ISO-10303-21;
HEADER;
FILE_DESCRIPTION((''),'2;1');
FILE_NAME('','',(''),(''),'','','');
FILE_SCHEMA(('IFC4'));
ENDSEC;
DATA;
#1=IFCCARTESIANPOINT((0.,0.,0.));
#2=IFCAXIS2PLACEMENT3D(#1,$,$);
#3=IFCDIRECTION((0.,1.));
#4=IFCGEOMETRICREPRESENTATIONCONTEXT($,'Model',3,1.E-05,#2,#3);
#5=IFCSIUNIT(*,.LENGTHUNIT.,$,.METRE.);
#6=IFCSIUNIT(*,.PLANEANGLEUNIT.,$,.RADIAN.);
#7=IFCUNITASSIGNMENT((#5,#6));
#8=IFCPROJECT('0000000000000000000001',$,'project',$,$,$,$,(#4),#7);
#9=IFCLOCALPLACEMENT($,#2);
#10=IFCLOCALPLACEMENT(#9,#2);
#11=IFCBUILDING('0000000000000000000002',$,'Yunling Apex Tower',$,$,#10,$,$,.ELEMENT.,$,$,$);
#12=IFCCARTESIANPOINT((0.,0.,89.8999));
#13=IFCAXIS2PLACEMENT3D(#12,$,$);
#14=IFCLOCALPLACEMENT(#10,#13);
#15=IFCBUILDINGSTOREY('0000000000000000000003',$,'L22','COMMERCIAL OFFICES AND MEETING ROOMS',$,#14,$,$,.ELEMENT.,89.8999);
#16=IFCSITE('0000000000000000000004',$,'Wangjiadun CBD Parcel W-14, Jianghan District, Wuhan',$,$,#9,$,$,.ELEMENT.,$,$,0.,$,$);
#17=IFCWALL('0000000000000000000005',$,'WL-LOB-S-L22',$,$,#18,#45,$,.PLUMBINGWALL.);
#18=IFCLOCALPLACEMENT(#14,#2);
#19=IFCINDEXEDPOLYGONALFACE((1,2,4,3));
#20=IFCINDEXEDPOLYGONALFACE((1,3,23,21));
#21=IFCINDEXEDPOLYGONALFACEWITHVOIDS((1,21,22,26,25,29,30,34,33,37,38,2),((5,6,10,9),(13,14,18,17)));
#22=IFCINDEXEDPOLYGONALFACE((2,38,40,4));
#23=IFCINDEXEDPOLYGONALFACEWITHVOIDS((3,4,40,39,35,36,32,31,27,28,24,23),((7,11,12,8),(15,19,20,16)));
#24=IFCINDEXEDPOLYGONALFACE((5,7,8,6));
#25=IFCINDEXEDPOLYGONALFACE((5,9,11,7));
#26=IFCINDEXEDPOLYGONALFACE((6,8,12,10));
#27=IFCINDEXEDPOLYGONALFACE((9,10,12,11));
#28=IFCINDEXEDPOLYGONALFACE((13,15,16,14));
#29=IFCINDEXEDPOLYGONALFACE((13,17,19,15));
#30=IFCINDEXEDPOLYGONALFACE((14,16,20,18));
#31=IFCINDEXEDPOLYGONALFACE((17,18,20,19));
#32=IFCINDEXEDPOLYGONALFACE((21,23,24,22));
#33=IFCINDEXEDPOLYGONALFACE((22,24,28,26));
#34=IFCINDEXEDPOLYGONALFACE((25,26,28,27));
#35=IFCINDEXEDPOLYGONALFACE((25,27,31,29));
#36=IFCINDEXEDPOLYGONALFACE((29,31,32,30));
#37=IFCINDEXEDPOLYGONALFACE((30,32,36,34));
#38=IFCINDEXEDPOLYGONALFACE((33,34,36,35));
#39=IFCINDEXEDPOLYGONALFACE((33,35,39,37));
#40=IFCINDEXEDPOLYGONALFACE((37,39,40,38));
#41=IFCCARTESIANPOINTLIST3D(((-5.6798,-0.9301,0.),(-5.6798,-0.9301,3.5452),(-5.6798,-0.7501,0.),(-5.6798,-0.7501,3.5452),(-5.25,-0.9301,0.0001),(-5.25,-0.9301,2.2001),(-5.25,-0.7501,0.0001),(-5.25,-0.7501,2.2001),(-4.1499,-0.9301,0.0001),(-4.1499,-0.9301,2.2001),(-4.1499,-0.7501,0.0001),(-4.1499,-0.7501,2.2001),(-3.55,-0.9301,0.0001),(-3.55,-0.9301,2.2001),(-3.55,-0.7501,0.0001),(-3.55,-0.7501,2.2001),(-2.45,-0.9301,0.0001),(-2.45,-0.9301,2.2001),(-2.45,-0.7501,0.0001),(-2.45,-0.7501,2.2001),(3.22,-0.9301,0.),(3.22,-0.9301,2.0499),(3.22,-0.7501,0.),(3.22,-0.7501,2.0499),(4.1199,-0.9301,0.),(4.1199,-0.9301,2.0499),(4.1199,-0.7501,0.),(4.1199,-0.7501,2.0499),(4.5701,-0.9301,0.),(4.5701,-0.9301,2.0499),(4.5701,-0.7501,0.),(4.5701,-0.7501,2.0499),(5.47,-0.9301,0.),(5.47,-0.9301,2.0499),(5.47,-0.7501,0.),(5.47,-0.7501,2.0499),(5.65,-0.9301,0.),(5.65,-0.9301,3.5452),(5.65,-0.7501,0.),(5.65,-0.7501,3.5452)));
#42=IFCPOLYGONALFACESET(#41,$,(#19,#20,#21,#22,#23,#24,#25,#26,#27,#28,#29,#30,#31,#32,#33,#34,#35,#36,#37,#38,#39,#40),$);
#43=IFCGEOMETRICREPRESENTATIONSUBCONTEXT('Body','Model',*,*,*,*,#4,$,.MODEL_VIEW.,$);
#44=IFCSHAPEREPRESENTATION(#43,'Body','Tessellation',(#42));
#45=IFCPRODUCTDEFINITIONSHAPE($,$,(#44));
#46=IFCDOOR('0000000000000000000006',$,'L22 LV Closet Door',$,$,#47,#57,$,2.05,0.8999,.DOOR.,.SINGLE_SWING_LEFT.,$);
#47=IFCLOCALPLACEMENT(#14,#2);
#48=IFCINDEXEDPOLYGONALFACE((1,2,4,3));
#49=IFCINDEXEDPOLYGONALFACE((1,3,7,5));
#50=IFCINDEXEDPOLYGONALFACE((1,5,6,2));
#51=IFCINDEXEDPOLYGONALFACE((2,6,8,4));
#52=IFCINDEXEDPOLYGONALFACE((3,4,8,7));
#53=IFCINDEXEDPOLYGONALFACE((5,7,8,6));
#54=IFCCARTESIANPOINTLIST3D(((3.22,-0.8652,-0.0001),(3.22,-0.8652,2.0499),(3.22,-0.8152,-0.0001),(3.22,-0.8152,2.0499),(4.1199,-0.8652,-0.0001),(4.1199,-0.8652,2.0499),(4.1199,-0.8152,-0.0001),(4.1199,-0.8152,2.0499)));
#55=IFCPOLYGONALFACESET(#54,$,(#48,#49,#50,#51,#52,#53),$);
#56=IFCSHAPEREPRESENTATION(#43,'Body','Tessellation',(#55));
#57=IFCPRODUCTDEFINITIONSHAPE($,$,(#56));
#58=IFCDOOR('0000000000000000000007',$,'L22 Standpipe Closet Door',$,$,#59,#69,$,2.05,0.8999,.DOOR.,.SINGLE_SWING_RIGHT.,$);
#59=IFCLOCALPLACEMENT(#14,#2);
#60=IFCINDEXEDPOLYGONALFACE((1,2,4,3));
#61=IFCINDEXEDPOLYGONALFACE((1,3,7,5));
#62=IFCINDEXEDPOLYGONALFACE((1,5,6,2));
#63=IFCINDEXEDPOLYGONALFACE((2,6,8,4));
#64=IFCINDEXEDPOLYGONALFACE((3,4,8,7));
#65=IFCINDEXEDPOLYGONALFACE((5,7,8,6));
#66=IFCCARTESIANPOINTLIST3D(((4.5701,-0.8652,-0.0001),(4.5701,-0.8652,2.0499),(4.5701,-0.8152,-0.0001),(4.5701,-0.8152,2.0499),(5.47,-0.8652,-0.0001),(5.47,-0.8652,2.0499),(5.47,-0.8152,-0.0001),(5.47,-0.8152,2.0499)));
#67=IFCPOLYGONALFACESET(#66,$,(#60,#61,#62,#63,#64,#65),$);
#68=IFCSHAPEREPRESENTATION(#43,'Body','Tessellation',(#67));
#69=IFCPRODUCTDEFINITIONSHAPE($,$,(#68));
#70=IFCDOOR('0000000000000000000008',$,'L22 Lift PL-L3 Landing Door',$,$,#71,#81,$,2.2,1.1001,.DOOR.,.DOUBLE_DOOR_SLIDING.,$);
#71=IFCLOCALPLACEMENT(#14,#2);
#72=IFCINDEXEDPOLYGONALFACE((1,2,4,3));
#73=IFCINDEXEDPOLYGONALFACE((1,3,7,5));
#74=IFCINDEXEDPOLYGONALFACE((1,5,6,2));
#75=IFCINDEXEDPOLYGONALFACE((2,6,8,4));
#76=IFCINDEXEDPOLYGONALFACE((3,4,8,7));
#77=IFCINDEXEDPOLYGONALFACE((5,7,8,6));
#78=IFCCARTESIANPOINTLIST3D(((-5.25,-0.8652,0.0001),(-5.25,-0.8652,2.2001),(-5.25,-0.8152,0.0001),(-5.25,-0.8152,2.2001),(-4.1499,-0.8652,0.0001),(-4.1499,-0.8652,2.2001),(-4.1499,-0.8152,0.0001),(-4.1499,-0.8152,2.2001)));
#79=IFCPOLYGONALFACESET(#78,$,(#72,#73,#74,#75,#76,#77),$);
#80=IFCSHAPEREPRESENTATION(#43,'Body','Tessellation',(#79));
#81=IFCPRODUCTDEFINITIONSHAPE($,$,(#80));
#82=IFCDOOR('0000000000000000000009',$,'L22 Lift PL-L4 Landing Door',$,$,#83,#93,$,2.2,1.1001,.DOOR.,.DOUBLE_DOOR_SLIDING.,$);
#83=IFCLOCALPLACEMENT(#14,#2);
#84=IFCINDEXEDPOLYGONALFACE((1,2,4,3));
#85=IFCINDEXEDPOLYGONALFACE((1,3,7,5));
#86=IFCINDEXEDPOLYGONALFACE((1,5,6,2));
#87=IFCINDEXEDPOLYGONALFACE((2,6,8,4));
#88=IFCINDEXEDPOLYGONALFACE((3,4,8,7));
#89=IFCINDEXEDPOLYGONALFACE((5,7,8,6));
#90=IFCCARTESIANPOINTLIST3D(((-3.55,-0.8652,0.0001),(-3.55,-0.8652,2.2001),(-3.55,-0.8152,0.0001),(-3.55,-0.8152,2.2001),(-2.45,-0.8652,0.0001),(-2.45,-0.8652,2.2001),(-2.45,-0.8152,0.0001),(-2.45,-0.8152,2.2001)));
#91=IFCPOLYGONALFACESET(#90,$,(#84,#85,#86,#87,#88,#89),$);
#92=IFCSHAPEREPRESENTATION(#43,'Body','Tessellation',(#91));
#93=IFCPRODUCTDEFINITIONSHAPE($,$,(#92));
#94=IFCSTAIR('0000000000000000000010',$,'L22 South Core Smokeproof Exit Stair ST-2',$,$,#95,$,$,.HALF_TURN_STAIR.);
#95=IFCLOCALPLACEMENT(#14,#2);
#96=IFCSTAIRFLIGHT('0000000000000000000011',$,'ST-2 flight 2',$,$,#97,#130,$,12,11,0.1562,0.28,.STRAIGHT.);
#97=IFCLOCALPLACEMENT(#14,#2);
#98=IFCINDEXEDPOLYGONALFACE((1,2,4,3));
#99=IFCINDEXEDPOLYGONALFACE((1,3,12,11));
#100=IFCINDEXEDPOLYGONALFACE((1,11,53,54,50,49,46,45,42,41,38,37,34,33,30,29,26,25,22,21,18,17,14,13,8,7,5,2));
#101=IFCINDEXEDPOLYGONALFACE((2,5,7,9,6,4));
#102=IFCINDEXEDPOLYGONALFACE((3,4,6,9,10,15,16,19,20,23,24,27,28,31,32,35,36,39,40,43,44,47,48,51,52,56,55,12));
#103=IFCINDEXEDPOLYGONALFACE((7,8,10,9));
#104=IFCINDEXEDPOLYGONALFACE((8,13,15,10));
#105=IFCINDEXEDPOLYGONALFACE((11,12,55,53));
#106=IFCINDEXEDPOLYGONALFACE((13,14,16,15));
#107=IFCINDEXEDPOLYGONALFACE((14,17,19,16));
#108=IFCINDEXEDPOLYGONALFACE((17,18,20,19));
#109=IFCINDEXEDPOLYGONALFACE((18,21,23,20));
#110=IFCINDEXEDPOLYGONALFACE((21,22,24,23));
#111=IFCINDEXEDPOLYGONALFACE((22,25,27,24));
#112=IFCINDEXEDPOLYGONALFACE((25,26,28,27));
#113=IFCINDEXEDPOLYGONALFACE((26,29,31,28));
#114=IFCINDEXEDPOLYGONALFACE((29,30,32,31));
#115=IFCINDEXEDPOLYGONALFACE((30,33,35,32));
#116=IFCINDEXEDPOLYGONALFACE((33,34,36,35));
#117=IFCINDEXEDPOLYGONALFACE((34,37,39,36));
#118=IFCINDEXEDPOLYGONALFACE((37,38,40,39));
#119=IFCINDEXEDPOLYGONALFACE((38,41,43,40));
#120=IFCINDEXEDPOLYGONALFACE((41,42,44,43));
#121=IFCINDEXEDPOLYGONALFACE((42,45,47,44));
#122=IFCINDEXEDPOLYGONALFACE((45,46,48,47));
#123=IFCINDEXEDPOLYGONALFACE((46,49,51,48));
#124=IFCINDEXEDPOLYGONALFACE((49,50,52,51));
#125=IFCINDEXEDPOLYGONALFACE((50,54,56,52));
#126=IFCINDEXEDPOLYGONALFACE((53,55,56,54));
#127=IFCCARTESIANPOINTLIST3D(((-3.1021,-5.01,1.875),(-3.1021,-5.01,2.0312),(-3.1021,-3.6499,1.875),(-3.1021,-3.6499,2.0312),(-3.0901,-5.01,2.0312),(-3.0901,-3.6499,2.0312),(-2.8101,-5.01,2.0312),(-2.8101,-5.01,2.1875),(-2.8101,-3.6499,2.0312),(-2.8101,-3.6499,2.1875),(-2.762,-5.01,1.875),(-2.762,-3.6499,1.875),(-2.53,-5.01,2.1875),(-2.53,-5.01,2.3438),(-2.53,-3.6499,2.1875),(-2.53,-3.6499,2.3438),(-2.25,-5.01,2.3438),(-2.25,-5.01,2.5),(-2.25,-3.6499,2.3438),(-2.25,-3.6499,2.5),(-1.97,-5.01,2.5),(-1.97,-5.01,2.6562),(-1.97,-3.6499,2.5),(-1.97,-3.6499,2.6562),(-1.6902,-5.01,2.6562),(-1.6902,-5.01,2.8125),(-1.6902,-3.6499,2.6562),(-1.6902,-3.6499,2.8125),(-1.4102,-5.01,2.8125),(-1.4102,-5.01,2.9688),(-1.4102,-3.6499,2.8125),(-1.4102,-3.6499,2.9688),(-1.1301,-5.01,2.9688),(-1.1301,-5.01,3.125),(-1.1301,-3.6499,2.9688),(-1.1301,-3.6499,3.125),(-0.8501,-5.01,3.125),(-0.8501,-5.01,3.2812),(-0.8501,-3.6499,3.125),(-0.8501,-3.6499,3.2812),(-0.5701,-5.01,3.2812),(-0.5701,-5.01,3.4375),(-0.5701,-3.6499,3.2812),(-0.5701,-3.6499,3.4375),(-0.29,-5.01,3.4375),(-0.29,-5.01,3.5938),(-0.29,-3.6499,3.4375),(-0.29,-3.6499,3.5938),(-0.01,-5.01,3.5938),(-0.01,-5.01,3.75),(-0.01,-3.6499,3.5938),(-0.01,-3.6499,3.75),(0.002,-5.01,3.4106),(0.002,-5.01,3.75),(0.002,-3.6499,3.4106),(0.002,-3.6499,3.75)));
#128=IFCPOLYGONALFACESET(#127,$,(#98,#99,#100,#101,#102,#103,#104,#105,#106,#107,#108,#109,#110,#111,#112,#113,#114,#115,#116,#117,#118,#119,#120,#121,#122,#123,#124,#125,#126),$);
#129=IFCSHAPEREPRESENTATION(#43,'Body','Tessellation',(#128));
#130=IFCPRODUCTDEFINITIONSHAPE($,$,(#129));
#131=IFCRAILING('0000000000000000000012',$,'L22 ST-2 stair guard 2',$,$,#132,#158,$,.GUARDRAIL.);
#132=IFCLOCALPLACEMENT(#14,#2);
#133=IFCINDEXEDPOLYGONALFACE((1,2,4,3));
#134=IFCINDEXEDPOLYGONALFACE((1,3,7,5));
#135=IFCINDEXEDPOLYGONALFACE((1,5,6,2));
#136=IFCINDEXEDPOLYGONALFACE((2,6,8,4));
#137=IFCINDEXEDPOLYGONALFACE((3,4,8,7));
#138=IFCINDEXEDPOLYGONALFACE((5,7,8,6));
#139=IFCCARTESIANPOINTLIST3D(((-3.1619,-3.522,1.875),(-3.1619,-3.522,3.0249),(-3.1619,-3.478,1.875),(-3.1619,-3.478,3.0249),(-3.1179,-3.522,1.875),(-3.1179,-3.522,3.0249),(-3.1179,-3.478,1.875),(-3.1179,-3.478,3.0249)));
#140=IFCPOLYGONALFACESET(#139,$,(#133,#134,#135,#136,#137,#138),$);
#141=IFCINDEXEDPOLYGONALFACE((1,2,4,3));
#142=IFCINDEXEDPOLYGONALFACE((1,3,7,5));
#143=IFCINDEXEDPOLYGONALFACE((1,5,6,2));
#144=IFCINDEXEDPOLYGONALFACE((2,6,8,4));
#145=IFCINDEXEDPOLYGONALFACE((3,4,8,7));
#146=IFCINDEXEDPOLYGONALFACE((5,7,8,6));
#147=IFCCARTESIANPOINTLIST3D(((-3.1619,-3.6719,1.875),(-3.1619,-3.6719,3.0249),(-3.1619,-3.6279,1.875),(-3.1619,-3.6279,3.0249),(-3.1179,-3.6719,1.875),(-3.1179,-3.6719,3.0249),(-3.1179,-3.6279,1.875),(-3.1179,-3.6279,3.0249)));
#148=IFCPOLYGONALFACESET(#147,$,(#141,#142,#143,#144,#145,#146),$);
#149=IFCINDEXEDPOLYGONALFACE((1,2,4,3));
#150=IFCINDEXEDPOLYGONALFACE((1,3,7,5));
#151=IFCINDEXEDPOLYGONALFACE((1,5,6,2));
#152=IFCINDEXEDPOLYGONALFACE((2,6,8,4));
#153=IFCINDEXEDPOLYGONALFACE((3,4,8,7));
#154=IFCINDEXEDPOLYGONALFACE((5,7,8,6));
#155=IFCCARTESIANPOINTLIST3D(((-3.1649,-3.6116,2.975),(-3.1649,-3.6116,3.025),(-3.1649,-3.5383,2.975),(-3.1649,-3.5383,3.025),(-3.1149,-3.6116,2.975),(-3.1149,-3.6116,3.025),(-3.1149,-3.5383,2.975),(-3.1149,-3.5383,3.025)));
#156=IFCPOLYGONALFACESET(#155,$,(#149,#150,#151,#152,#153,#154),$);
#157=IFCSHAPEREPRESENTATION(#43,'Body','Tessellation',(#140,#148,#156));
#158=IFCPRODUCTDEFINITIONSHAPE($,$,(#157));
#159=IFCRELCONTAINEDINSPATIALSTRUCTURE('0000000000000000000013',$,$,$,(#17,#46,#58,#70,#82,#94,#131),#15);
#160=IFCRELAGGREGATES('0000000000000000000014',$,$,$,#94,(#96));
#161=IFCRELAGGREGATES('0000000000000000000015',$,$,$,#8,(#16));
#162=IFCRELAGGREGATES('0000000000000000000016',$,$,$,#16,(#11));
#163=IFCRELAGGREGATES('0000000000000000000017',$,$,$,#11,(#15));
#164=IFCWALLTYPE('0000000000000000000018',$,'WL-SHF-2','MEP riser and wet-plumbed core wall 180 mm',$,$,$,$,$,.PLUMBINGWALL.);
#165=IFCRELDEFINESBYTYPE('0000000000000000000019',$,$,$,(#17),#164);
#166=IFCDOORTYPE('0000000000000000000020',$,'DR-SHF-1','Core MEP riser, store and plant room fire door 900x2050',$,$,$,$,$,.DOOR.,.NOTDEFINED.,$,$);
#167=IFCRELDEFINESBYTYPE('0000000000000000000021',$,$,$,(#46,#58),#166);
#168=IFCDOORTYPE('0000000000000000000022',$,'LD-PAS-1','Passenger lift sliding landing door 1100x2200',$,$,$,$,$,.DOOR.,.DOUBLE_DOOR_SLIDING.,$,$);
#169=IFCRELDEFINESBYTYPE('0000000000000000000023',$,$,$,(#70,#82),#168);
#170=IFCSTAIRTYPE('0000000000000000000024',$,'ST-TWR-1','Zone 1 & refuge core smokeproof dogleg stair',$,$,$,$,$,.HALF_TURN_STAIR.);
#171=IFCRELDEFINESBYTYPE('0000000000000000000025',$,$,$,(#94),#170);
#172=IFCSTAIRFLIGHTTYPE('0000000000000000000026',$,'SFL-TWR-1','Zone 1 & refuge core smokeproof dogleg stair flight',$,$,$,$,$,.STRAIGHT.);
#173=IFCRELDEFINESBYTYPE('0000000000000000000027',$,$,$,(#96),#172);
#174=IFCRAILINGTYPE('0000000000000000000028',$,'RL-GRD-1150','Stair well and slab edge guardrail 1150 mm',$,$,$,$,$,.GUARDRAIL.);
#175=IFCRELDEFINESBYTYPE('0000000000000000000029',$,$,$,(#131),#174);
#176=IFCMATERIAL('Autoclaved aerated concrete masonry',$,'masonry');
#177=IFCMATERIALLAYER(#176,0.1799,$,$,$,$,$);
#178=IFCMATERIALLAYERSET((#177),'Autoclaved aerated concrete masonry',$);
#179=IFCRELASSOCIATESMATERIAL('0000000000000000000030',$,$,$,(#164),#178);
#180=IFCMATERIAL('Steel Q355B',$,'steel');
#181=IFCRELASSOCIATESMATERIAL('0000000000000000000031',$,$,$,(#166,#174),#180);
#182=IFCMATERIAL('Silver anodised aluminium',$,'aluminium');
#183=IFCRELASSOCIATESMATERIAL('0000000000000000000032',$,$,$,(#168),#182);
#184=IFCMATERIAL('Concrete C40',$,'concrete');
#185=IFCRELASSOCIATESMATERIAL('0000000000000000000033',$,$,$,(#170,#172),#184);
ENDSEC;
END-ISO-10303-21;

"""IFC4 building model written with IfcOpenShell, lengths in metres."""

from ifc_helpers import new_model, si_unit, direction, frame, frame_2d, origin, origin_2d, place, context, subcontext, project, spatial, polyline, rectangle, outline, extrude, material, layer, layer_set, type_object, element, fill, aggregate, save


model = new_model("IFC4")

# Units and contexts
model_context = context("Model", 3, precision=1e-05, world=origin(), true_north=direction((0.0, 1.0)))
body_context = subcontext(model_context, "Body", "Model", "MODEL_VIEW")
ifc_project = project(units=[si_unit("LENGTHUNIT", "METRE"), si_unit("PLANEANGLEUNIT", "RADIAN")], contexts=[model_context])

# Site, building, storey
site_placement = place(None, origin())
site = spatial("IfcSite", under=ifc_project, at=site_placement, Name="Wangjiadun CBD Parcel W-14, Jianghan District, Wuhan", CompositionType="ELEMENT", RefElevation=0.0)
building_placement = place(site_placement, origin())
building = spatial("IfcBuilding", under=site, at=building_placement, Name="Yunling Apex Tower", CompositionType="ELEMENT")
storey_placement = place(building_placement, frame((0.0, 0.0, 89.8999)))
storey = spatial("IfcBuildingStorey", under=building, at=storey_placement, Name="L22", Description="COMMERCIAL OFFICES AND MEETING ROOMS", CompositionType="ELEMENT", Elevation=89.8999)

# Shared definitions
ifc_material_1 = material(Name="Steel Q355B", Category="steel")

# Shared definitions
ifc_material_2 = material(Name="Concrete C40", Category="concrete")

# Shared definitions
ifc_material_3 = material(Name="Autoclaved aerated concrete masonry", Category="masonry")

# Shared definitions
ifc_layer_1 = layer(ifc_material_3, 0.1799)
ifc_layer_set_1 = layer_set([ifc_layer_1], Name="Autoclaved aerated concrete masonry")
wall_type_1 = type_object("IfcWallType", Name="WL-SHF-2", Description="MEP riser and wet-plumbed core wall 180 mm", PredefinedType="PLUMBINGWALL", material=ifc_layer_set_1)

# Wall, openings, doors
wall_1_placement = place(storey_placement, frame((-5.6799, -0.8401, 0.0), z_axis=(0.0, 0.0, 1.0), x_axis=(1.0, 0.0, 0.0)))
wall_1 = element("IfcWall", 1, at=wall_1_placement, inside=storey, type_object=wall_type_1, Name="WL-LOB-S-L22", PredefinedType="PLUMBINGWALL", context=body_context, shape_type="SweptSolid", body=[
    extrude(rectangle(XDim=11.3298, YDim=0.1799, at=frame_2d((5.665, 0.0))), origin(), (0.0, 0.0, 1.0), 3.5452),
])
opening_1_placement = place(wall_1_placement, frame((0.4299, 0.0, 0.0)))
opening_1 = element("IfcOpeningElement", 2, at=opening_1_placement, cuts=wall_1, PredefinedType="OPENING", context=body_context, shape_type="SweptSolid", body=[
    extrude(rectangle(XDim=1.1001, YDim=2.2, at=frame_2d((0.55, 1.1001))), frame((0.0, 0.1001, 0.0), z_axis=(0.0, -1.0, 0.0), x_axis=(1.0, 0.0, 0.0)), (0.0, 0.0, 1.0), 0.2),
])
opening_2_placement = place(wall_1_placement, frame((2.1299, 0.0, 0.0)))
opening_2 = element("IfcOpeningElement", 3, at=opening_2_placement, cuts=wall_1, PredefinedType="OPENING", context=body_context, shape_type="SweptSolid", body=[
    extrude(rectangle(XDim=1.1001, YDim=2.2, at=frame_2d((0.55, 1.1001))), frame((0.0, 0.1001, 0.0), z_axis=(0.0, -1.0, 0.0), x_axis=(1.0, 0.0, 0.0)), (0.0, 0.0, 1.0), 0.2),
])
opening_3_placement = place(wall_1_placement, frame((8.8999, 0.0, 0.0)))
opening_3 = element("IfcOpeningElement", 4, at=opening_3_placement, cuts=wall_1, PredefinedType="OPENING", context=body_context, shape_type="SweptSolid", body=[
    extrude(rectangle(XDim=0.8999, YDim=2.05, at=frame_2d((0.45, 1.0249))), frame((0.0, 0.1001, 0.0), z_axis=(0.0, -1.0, 0.0), x_axis=(1.0, 0.0, 0.0)), (0.0, 0.0, 1.0), 0.2),
])
opening_4_placement = place(wall_1_placement, frame((10.25, 0.0, 0.0)))
opening_4 = element("IfcOpeningElement", 5, at=opening_4_placement, cuts=wall_1, PredefinedType="OPENING", context=body_context, shape_type="SweptSolid", body=[
    extrude(rectangle(XDim=0.8999, YDim=2.05, at=frame_2d((0.45, 1.0249))), frame((0.0, 0.1001, 0.0), z_axis=(0.0, -1.0, 0.0), x_axis=(1.0, 0.0, 0.0)), (0.0, 0.0, 1.0), 0.2),
])
door_type_1 = type_object("IfcDoorType", Name="DR-SHF-1", Description="Core MEP riser, store and plant room fire door 900x2050", OperationType="NOTDEFINED", PredefinedType="DOOR", material=ifc_material_1)
door_1_placement = place(opening_3_placement, origin())
door_1 = element("IfcDoor", 6, at=door_1_placement, inside=storey, type_object=door_type_1, Name="L22 LV Closet Door", OperationType="SINGLE_SWING_LEFT", OverallHeight=2.05, OverallWidth=0.8999, PredefinedType="DOOR", context=body_context, shape_type="SweptSolid", body=[
    extrude(rectangle(XDim=0.8999, YDim=2.05, at=frame_2d((0.45, 1.0249))), frame((0.0, 0.0249, 0.0), z_axis=(0.0, -1.0, 0.0), x_axis=(1.0, 0.0, 0.0)), (0.0, 0.0, 1.0), 0.05),
])
fill(opening_3, door_1)
door_2_placement = place(opening_4_placement, origin())
door_2 = element("IfcDoor", 7, at=door_2_placement, inside=storey, type_object=door_type_1, Name="L22 Standpipe Closet Door", OperationType="SINGLE_SWING_RIGHT", OverallHeight=2.05, OverallWidth=0.8999, PredefinedType="DOOR", context=body_context, shape_type="SweptSolid", body=[
    extrude(rectangle(XDim=0.8999, YDim=2.05, at=frame_2d((0.45, 1.0249))), frame((0.0, 0.0249, 0.0), z_axis=(0.0, -1.0, 0.0), x_axis=(1.0, 0.0, 0.0)), (0.0, 0.0, 1.0), 0.05),
])
fill(opening_4, door_2)
ifc_material_4 = material(Name="Silver anodised aluminium", Category="aluminium")
door_type_2 = type_object("IfcDoorType", Name="LD-PAS-1", Description="Passenger lift sliding landing door 1100x2200", OperationType="DOUBLE_DOOR_SLIDING", PredefinedType="DOOR", material=ifc_material_4)
door_3_placement = place(opening_1_placement, origin())
door_3 = element("IfcDoor", 8, at=door_3_placement, inside=storey, type_object=door_type_2, Name="L22 Lift PL-L3 Landing Door", OperationType="DOUBLE_DOOR_SLIDING", OverallHeight=2.2, OverallWidth=1.1001, PredefinedType="DOOR", context=body_context, shape_type="SweptSolid", body=[
    extrude(rectangle(XDim=1.1001, YDim=2.2, at=frame_2d((0.55, 1.1001))), frame((0.0, 0.0249, 0.0), z_axis=(0.0, -1.0, 0.0), x_axis=(1.0, 0.0, 0.0)), (0.0, 0.0, 1.0), 0.05),
])
fill(opening_1, door_3)
door_4_placement = place(opening_2_placement, origin())
door_4 = element("IfcDoor", 9, at=door_4_placement, inside=storey, type_object=door_type_2, Name="L22 Lift PL-L4 Landing Door", OperationType="DOUBLE_DOOR_SLIDING", OverallHeight=2.2, OverallWidth=1.1001, PredefinedType="DOOR", context=body_context, shape_type="SweptSolid", body=[
    extrude(rectangle(XDim=1.1001, YDim=2.2, at=frame_2d((0.55, 1.1001))), frame((0.0, 0.0249, 0.0), z_axis=(0.0, -1.0, 0.0), x_axis=(1.0, 0.0, 0.0)), (0.0, 0.0, 1.0), 0.05),
])
fill(opening_2, door_4)

# Stair, stair flight
stair_type = type_object("IfcStairType", Name="ST-TWR-1", Description="Zone 1 & refuge core smokeproof dogleg stair", PredefinedType="HALF_TURN_STAIR", material=ifc_material_2)
stair_placement = place(storey_placement, origin())
stair = element("IfcStair", 10, at=stair_placement, inside=storey, type_object=stair_type, Name="L22 South Core Smokeproof Exit Stair ST-2", PredefinedType="HALF_TURN_STAIR")
stair_flight_type = type_object("IfcStairFlightType", Name="SFL-TWR-1", Description="Zone 1 & refuge core smokeproof dogleg stair flight", PredefinedType="STRAIGHT", material=ifc_material_2)
stair_flight_placement = place(storey_placement, frame((-3.0901, -4.3301, 1.875), z_axis=(0.0, 0.0, 1.0), x_axis=(1.0, 0.0, 0.0)))
stair_flight = element("IfcStairFlight", 11, at=stair_flight_placement, type_object=stair_flight_type, Name="ST-2 flight 2", NumberOfRisers=12, NumberOfTreads=11, PredefinedType="STRAIGHT", RiserHeight=0.1562, TreadLength=0.28, context=body_context, shape_type="SweptSolid", body=[
    extrude(outline(polyline([(-0.012, 0.0), (-0.012, 0.1562), (0.0, 0.1562), (0.28, 0.1562), (0.28, 0.3125), (0.5601, 0.3125), (0.5601, 0.4688), (0.8401, 0.4688), (0.8401, 0.625), (1.1201, 0.625), (1.1201, 0.7812), (1.3999, 0.7812), (1.3999, 0.9375), (1.6799, 0.9375), (1.6799, 1.0938), (1.96, 1.0938), (1.96, 1.25), (2.24, 1.25), (2.24, 1.4062), (2.52, 1.4062), (2.52, 1.5625), (2.8, 1.5625), (2.8, 1.7188), (3.0801, 1.7188), (3.0801, 1.875), (3.092, 1.875), (3.092, 1.5356), (0.3281, 0.0), (-0.012, 0.0)])), frame((0.0, 0.6802, 0.0), z_axis=(0.0, -1.0, 0.0), x_axis=(1.0, 0.0, 0.0)), (0.0, 0.0, 1.0), 1.3601),
])
aggregate(stair, [stair_flight])

# Railing
railing_type_1 = type_object("IfcRailingType", Name="RL-GRD-1150", Description="Stair well and slab edge guardrail 1150 mm", PredefinedType="GUARDRAIL", material=ifc_material_1)
railing_1_placement = place(storey_placement, frame((-3.1399, -3.5, 1.875)))
element("IfcRailing", 12, at=railing_1_placement, inside=storey, type_object=railing_type_1, Name="L22 ST-2 stair guard 2", PredefinedType="GUARDRAIL", context=body_context, shape_type="SweptSolid", body=[
    extrude(rectangle(XDim=0.0439, YDim=0.0439, at=origin_2d()), origin(), (0.0, 0.0, 1.0), 1.1499),
    extrude(rectangle(XDim=0.0439, YDim=0.0439, at=origin_2d()), frame((0.0, -0.1499, 0.0)), (0.0, 0.0, 1.0), 1.1499),
    extrude(rectangle(XDim=0.05, YDim=0.05, at=origin_2d()), frame((0.0, -0.0383, 1.125), z_axis=(0.0, -1.0, 0.0), x_axis=(1.0, 0.0, 0.0)), (0.0, 0.0, 1.0), 0.0732),
])

save(model, "model.ifc")
